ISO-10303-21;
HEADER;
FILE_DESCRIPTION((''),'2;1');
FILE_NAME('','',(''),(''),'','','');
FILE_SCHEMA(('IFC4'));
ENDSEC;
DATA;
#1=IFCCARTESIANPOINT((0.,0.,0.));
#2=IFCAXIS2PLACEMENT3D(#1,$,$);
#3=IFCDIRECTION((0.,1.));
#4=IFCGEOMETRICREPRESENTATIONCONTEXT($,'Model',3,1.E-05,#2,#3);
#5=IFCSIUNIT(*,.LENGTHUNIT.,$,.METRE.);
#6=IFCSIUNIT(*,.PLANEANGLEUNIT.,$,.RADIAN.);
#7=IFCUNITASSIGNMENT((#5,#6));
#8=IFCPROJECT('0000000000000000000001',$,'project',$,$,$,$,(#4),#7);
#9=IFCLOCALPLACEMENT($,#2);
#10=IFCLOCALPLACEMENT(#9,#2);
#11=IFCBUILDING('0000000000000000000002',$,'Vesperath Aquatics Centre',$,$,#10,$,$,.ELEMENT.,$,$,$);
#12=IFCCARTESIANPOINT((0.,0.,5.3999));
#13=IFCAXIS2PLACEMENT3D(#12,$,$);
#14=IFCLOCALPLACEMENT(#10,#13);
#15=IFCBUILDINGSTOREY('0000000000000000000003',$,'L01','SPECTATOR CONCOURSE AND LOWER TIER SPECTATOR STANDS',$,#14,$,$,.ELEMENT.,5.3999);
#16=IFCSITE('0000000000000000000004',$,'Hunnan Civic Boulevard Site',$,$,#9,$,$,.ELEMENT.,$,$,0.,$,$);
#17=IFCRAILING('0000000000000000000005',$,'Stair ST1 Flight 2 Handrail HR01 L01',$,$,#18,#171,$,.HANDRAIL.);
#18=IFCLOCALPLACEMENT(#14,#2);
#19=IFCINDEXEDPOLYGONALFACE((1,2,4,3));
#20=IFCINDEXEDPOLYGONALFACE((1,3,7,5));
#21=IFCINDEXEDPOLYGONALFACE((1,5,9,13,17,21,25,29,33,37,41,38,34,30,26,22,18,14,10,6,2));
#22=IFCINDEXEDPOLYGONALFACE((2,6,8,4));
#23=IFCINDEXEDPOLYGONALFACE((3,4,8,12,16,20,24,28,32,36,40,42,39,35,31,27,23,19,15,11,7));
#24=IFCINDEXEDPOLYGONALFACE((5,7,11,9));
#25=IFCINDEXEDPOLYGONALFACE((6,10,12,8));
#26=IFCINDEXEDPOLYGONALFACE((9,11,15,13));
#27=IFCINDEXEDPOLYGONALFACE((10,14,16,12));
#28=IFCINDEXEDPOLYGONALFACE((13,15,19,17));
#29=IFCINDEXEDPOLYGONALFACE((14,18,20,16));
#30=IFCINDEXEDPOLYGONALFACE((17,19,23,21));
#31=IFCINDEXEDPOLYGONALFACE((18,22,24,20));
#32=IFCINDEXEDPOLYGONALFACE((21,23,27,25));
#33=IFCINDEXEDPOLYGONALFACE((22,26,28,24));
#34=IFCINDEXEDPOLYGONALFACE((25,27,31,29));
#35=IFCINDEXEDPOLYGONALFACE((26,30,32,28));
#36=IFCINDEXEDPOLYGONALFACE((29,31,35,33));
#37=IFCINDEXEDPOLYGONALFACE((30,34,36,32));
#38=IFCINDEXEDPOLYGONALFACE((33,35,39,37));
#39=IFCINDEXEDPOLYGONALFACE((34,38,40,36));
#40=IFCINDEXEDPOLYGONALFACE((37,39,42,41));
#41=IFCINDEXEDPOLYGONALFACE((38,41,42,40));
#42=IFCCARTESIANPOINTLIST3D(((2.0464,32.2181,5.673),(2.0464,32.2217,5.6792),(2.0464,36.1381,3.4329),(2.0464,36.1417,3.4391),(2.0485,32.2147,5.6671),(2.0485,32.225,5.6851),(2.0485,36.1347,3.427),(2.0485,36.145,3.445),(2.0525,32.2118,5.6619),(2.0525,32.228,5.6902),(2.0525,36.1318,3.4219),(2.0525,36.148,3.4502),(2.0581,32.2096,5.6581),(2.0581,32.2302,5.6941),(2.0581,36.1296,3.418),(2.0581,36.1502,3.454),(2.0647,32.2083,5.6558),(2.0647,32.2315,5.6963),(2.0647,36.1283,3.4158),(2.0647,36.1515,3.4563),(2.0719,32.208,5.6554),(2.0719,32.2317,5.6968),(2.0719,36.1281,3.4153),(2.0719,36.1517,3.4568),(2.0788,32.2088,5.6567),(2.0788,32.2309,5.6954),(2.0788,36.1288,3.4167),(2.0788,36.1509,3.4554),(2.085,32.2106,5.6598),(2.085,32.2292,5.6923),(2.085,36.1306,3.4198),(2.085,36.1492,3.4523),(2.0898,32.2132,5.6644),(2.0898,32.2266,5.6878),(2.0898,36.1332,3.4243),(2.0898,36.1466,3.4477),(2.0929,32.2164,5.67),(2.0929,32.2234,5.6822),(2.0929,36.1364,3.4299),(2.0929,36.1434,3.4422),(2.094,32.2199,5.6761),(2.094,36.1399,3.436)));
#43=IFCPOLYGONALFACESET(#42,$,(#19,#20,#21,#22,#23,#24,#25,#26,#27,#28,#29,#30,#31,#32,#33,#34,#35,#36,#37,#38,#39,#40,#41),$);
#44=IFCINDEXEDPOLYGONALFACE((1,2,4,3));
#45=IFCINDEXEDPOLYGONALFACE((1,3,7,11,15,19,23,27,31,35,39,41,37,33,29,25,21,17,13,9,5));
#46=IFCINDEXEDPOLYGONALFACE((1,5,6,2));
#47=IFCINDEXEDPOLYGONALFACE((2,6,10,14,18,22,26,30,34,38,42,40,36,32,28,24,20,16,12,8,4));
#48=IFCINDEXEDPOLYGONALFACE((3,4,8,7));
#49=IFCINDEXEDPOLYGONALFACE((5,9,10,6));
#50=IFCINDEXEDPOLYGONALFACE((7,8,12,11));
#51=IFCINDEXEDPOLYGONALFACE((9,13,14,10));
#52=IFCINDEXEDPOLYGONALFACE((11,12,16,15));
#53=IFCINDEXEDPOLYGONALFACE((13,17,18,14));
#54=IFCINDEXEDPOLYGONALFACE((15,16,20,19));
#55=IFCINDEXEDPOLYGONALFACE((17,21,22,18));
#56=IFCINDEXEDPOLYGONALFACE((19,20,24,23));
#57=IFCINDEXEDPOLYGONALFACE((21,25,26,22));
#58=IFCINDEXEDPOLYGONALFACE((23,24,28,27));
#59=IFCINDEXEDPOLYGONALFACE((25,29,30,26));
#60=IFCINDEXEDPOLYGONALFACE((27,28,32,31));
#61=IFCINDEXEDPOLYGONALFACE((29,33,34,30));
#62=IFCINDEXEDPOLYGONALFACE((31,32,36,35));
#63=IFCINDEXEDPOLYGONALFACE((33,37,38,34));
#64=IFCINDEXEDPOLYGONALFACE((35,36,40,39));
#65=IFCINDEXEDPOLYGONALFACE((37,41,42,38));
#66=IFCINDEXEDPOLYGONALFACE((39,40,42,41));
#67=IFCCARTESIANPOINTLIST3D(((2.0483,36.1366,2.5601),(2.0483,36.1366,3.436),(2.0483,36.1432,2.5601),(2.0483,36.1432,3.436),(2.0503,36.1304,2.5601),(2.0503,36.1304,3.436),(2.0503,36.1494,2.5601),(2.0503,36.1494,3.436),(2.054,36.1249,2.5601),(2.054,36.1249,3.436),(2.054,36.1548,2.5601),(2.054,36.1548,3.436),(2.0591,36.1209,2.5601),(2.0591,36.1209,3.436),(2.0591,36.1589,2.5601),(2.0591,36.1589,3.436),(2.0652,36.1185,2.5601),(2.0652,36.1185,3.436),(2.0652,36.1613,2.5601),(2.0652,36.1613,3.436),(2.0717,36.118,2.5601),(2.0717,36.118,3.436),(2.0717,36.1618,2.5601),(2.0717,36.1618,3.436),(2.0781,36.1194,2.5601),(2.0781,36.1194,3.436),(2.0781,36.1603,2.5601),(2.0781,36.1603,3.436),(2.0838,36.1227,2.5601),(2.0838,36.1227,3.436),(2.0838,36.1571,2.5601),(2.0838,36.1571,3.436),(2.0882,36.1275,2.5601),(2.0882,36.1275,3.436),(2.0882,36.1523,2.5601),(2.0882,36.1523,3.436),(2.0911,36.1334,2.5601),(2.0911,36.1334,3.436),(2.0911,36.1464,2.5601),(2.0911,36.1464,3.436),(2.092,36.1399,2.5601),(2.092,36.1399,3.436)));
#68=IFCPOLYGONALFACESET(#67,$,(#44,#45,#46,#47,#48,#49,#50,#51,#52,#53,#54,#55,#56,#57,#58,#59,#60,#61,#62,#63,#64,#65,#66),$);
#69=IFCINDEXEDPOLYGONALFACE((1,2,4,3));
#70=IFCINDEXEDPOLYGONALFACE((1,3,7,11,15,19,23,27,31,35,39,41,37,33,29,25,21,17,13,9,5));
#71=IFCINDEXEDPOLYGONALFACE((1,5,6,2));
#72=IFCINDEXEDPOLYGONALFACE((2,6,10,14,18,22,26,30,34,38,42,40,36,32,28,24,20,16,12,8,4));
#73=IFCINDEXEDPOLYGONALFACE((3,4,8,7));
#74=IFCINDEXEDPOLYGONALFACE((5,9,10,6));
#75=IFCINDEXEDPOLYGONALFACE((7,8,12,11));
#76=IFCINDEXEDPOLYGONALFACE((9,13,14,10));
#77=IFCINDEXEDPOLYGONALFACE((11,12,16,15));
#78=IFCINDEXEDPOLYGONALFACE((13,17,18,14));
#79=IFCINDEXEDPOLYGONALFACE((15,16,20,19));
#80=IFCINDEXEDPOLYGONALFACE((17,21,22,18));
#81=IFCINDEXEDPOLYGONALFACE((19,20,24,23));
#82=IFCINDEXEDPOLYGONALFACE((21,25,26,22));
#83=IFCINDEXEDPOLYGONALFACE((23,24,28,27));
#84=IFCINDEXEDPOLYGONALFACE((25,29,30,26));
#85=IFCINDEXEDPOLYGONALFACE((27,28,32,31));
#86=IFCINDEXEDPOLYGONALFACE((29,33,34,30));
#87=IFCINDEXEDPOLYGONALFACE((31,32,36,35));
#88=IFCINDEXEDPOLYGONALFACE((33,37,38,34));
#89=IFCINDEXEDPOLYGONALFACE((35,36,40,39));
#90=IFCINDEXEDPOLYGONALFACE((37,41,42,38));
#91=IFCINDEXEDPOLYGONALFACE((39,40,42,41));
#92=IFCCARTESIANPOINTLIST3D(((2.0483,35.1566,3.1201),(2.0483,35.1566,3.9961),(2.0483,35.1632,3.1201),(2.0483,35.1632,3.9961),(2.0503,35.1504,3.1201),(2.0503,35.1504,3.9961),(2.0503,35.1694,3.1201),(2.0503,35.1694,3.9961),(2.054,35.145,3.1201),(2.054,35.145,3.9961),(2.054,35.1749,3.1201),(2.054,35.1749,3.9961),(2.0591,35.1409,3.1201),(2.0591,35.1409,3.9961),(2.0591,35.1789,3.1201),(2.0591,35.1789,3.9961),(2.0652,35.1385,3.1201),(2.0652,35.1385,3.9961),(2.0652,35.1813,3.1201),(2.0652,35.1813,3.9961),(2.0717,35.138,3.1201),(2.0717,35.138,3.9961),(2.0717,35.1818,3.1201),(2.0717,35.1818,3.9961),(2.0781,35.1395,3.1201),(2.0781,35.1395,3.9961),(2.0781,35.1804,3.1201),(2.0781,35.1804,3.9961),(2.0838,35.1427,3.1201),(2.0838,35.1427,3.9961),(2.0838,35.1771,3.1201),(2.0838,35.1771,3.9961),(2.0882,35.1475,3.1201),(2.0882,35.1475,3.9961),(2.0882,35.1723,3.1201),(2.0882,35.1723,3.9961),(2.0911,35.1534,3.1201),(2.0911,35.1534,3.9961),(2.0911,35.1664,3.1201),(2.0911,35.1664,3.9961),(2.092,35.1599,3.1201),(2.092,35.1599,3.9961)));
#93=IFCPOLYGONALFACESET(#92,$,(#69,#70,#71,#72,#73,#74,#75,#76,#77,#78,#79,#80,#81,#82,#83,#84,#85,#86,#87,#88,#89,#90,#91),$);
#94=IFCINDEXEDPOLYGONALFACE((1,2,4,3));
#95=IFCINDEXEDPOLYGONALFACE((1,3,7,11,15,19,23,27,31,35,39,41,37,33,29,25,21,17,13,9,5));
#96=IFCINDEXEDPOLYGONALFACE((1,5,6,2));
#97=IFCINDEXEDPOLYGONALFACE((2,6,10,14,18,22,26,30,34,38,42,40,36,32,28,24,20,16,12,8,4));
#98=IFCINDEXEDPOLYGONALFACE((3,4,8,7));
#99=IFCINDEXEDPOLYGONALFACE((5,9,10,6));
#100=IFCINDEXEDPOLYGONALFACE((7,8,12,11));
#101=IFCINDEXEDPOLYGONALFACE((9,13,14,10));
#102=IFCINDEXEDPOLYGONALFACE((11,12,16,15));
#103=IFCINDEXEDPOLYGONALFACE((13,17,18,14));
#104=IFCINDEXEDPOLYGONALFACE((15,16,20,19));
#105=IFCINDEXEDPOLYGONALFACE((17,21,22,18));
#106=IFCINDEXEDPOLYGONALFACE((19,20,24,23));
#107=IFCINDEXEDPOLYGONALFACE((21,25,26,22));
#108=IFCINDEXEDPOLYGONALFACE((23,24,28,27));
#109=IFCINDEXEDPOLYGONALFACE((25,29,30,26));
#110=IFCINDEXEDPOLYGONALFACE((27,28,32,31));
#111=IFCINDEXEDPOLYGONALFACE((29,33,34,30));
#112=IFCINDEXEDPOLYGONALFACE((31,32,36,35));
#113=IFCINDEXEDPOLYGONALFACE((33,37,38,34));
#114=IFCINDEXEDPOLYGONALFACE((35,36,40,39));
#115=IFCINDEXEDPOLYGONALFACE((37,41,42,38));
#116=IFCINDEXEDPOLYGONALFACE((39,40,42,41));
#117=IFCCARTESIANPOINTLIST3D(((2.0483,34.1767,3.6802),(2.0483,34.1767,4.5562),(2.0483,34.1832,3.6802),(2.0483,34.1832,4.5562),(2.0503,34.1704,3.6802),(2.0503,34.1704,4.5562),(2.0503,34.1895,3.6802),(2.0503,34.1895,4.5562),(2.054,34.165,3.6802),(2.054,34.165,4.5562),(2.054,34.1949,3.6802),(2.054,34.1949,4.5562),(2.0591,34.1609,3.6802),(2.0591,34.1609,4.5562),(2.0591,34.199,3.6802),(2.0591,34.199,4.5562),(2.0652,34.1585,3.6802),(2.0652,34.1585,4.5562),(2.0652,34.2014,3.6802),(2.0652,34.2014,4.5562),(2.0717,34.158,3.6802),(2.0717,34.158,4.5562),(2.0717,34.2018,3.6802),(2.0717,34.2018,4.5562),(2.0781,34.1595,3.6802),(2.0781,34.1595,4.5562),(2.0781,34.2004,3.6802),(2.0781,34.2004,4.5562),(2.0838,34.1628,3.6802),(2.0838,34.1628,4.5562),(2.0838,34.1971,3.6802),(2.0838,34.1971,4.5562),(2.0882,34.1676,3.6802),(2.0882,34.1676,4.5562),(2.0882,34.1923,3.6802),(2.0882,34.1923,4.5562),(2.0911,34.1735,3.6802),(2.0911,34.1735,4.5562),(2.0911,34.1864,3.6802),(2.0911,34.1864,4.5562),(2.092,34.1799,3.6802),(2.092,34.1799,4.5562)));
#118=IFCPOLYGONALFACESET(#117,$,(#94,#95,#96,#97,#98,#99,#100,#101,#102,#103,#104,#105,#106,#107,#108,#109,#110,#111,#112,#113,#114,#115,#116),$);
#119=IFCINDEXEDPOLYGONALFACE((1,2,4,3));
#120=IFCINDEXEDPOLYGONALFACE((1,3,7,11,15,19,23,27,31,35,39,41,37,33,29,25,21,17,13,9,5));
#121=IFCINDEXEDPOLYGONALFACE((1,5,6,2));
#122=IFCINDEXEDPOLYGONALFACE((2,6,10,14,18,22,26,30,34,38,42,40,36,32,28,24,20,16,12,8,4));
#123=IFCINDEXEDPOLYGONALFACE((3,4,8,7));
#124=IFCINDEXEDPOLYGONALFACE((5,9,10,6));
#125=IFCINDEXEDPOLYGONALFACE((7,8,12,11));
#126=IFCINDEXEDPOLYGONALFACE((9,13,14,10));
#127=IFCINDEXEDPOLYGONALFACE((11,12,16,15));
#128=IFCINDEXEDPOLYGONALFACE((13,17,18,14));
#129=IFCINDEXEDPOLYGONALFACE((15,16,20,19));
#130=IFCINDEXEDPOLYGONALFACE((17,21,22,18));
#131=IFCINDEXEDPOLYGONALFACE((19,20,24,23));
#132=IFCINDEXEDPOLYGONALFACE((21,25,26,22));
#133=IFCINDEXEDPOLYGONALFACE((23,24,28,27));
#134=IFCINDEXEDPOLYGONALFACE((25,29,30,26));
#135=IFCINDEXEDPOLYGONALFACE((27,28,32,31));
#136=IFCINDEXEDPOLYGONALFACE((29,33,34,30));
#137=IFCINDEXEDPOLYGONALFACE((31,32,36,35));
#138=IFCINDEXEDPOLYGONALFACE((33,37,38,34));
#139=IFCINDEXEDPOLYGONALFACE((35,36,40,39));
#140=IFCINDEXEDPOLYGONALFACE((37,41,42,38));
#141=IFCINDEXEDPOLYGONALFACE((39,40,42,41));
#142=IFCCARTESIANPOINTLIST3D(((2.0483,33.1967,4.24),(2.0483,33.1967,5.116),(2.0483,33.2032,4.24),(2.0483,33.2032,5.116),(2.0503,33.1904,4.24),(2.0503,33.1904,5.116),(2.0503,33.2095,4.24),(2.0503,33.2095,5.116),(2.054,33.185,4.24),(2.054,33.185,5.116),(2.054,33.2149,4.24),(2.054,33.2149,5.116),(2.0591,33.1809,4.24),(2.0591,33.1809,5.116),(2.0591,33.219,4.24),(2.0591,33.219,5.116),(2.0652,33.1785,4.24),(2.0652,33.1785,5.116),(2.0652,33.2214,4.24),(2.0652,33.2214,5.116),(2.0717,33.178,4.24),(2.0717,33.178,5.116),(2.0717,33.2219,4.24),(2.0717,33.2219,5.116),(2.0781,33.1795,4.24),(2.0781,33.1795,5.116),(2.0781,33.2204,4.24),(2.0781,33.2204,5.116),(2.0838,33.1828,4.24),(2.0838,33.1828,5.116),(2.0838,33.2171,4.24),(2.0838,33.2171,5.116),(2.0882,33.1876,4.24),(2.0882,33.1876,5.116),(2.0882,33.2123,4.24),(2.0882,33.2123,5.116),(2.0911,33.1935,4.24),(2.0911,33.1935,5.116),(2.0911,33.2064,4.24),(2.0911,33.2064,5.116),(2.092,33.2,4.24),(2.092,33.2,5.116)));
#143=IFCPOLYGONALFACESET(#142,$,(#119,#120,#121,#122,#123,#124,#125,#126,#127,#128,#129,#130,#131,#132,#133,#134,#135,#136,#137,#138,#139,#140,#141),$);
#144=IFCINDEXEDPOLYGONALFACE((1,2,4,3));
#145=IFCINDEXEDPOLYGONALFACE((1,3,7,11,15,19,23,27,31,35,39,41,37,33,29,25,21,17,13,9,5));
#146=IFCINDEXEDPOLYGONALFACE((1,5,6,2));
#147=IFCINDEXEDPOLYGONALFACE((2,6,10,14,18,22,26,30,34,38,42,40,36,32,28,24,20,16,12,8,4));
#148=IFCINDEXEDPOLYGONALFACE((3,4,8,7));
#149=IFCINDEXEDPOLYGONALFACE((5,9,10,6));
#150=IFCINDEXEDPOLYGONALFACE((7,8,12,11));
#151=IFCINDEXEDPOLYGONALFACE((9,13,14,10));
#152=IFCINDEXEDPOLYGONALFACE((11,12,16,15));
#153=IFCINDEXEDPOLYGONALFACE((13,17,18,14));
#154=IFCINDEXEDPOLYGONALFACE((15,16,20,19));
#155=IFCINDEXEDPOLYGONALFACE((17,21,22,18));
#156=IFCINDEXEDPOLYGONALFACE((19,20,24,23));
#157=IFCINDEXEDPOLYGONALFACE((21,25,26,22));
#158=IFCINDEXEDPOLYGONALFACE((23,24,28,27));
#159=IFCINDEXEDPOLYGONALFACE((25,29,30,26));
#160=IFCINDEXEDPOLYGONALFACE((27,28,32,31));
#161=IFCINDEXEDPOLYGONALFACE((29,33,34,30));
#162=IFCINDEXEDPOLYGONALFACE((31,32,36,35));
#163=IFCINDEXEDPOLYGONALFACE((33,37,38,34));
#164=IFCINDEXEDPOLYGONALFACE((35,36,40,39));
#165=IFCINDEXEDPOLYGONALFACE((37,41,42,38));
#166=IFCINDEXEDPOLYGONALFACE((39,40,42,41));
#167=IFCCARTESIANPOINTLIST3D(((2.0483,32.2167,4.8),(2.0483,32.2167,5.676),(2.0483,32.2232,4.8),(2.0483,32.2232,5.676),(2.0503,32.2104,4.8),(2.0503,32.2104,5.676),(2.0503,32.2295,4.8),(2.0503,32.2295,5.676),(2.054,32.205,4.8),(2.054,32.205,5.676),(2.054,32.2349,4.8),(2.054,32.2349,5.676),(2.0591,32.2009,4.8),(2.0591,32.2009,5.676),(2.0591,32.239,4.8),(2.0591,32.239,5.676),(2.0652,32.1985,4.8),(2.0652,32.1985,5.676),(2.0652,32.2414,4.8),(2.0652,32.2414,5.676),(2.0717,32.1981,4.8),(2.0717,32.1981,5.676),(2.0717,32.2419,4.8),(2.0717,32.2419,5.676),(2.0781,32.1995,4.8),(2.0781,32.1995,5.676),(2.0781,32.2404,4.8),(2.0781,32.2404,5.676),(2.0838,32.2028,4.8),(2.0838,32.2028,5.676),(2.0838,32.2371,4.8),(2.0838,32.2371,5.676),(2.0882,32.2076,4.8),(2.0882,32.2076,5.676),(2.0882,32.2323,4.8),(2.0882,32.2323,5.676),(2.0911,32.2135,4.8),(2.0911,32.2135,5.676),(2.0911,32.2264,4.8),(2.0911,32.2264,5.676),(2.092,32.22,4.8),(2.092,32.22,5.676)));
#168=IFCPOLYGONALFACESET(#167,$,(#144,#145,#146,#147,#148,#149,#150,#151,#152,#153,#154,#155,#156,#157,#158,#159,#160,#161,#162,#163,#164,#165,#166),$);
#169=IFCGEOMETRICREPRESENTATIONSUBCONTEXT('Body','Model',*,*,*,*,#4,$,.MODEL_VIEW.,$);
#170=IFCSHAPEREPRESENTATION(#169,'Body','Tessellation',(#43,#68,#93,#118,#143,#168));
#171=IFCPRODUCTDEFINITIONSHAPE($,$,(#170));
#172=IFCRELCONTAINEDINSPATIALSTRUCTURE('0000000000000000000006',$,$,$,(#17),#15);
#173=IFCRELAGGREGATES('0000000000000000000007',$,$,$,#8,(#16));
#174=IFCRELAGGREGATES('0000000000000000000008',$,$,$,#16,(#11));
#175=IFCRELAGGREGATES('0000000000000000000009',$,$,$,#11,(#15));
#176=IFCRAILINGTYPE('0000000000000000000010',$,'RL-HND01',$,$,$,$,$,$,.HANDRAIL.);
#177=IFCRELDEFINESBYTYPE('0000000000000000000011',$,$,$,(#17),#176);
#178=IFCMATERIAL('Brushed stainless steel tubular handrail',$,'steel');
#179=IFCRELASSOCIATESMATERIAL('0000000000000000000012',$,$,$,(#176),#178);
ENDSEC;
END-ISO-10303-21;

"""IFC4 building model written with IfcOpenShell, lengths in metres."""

from ifc_helpers import new_model, si_unit, direction, frame, origin, origin_2d, place, context, subcontext, project, spatial, circle, extrude, material, type_object, element, save


model = new_model("IFC4")

# Units and contexts
model_context = context("Model", 3, precision=1e-05, world=origin(), true_north=direction((0.0, 1.0)))
body_context = subcontext(model_context, "Body", "Model", "MODEL_VIEW")
ifc_project = project(units=[si_unit("LENGTHUNIT", "METRE"), si_unit("PLANEANGLEUNIT", "RADIAN")], contexts=[model_context])

# Site, building, storey
site_placement = place(None, origin())
site = spatial("IfcSite", under=ifc_project, at=site_placement, Name="Hunnan Civic Boulevard Site", CompositionType="ELEMENT", RefElevation=0.0)
building_placement = place(site_placement, origin())
building = spatial("IfcBuilding", under=site, at=building_placement, Name="Vesperath Aquatics Centre", CompositionType="ELEMENT")
storey_placement = place(building_placement, frame((0.0, 0.0, 5.3999)))
storey = spatial("IfcBuildingStorey", under=building, at=storey_placement, Name="L01", Description="SPECTATOR CONCOURSE AND LOWER TIER SPECTATOR STANDS", CompositionType="ELEMENT", Elevation=5.3999)

# Railing
ifc_material_1 = material(Name="Brushed stainless steel tubular handrail", Category="steel")
railing_type_1 = type_object("IfcRailingType", Name="RL-HND01", PredefinedType="HANDRAIL", material=ifc_material_1)
railing_1_placement = place(storey_placement, frame((2.0701, 36.1399, 2.5601)))
element("IfcRailing", 1, at=railing_1_placement, inside=storey, type_object=railing_type_1, Name="Stair ST1 Flight 2 Handrail HR01 L01", PredefinedType="HANDRAIL", context=body_context, shape_type="SweptSolid", body=[
    extrude(circle(Radius=0.0239, at=origin_2d()), frame((0.0, 0.0, 0.876), z_axis=(0.0, -0.86824, 0.496145), x_axis=(1.0, 0.0, 0.0)), (0.0, 0.0, 1.0), 4.5149),
    extrude(circle(Radius=0.022, at=origin_2d()), origin(), (0.0, 0.0, 1.0), 0.876),
    extrude(circle(Radius=0.022, at=origin_2d()), frame((0.0, -0.98, 0.5601)), (0.0, 0.0, 1.0), 0.876),
    extrude(circle(Radius=0.022, at=origin_2d()), frame((0.0, -1.96, 1.1201)), (0.0, 0.0, 1.0), 0.876),
    extrude(circle(Radius=0.022, at=origin_2d()), frame((0.0, -2.9399, 1.6799)), (0.0, 0.0, 1.0), 0.876),
    extrude(circle(Radius=0.022, at=origin_2d()), frame((0.0, -3.9199, 2.24)), (0.0, 0.0, 1.0), 0.876),
])

save(model, "model.ifc")
